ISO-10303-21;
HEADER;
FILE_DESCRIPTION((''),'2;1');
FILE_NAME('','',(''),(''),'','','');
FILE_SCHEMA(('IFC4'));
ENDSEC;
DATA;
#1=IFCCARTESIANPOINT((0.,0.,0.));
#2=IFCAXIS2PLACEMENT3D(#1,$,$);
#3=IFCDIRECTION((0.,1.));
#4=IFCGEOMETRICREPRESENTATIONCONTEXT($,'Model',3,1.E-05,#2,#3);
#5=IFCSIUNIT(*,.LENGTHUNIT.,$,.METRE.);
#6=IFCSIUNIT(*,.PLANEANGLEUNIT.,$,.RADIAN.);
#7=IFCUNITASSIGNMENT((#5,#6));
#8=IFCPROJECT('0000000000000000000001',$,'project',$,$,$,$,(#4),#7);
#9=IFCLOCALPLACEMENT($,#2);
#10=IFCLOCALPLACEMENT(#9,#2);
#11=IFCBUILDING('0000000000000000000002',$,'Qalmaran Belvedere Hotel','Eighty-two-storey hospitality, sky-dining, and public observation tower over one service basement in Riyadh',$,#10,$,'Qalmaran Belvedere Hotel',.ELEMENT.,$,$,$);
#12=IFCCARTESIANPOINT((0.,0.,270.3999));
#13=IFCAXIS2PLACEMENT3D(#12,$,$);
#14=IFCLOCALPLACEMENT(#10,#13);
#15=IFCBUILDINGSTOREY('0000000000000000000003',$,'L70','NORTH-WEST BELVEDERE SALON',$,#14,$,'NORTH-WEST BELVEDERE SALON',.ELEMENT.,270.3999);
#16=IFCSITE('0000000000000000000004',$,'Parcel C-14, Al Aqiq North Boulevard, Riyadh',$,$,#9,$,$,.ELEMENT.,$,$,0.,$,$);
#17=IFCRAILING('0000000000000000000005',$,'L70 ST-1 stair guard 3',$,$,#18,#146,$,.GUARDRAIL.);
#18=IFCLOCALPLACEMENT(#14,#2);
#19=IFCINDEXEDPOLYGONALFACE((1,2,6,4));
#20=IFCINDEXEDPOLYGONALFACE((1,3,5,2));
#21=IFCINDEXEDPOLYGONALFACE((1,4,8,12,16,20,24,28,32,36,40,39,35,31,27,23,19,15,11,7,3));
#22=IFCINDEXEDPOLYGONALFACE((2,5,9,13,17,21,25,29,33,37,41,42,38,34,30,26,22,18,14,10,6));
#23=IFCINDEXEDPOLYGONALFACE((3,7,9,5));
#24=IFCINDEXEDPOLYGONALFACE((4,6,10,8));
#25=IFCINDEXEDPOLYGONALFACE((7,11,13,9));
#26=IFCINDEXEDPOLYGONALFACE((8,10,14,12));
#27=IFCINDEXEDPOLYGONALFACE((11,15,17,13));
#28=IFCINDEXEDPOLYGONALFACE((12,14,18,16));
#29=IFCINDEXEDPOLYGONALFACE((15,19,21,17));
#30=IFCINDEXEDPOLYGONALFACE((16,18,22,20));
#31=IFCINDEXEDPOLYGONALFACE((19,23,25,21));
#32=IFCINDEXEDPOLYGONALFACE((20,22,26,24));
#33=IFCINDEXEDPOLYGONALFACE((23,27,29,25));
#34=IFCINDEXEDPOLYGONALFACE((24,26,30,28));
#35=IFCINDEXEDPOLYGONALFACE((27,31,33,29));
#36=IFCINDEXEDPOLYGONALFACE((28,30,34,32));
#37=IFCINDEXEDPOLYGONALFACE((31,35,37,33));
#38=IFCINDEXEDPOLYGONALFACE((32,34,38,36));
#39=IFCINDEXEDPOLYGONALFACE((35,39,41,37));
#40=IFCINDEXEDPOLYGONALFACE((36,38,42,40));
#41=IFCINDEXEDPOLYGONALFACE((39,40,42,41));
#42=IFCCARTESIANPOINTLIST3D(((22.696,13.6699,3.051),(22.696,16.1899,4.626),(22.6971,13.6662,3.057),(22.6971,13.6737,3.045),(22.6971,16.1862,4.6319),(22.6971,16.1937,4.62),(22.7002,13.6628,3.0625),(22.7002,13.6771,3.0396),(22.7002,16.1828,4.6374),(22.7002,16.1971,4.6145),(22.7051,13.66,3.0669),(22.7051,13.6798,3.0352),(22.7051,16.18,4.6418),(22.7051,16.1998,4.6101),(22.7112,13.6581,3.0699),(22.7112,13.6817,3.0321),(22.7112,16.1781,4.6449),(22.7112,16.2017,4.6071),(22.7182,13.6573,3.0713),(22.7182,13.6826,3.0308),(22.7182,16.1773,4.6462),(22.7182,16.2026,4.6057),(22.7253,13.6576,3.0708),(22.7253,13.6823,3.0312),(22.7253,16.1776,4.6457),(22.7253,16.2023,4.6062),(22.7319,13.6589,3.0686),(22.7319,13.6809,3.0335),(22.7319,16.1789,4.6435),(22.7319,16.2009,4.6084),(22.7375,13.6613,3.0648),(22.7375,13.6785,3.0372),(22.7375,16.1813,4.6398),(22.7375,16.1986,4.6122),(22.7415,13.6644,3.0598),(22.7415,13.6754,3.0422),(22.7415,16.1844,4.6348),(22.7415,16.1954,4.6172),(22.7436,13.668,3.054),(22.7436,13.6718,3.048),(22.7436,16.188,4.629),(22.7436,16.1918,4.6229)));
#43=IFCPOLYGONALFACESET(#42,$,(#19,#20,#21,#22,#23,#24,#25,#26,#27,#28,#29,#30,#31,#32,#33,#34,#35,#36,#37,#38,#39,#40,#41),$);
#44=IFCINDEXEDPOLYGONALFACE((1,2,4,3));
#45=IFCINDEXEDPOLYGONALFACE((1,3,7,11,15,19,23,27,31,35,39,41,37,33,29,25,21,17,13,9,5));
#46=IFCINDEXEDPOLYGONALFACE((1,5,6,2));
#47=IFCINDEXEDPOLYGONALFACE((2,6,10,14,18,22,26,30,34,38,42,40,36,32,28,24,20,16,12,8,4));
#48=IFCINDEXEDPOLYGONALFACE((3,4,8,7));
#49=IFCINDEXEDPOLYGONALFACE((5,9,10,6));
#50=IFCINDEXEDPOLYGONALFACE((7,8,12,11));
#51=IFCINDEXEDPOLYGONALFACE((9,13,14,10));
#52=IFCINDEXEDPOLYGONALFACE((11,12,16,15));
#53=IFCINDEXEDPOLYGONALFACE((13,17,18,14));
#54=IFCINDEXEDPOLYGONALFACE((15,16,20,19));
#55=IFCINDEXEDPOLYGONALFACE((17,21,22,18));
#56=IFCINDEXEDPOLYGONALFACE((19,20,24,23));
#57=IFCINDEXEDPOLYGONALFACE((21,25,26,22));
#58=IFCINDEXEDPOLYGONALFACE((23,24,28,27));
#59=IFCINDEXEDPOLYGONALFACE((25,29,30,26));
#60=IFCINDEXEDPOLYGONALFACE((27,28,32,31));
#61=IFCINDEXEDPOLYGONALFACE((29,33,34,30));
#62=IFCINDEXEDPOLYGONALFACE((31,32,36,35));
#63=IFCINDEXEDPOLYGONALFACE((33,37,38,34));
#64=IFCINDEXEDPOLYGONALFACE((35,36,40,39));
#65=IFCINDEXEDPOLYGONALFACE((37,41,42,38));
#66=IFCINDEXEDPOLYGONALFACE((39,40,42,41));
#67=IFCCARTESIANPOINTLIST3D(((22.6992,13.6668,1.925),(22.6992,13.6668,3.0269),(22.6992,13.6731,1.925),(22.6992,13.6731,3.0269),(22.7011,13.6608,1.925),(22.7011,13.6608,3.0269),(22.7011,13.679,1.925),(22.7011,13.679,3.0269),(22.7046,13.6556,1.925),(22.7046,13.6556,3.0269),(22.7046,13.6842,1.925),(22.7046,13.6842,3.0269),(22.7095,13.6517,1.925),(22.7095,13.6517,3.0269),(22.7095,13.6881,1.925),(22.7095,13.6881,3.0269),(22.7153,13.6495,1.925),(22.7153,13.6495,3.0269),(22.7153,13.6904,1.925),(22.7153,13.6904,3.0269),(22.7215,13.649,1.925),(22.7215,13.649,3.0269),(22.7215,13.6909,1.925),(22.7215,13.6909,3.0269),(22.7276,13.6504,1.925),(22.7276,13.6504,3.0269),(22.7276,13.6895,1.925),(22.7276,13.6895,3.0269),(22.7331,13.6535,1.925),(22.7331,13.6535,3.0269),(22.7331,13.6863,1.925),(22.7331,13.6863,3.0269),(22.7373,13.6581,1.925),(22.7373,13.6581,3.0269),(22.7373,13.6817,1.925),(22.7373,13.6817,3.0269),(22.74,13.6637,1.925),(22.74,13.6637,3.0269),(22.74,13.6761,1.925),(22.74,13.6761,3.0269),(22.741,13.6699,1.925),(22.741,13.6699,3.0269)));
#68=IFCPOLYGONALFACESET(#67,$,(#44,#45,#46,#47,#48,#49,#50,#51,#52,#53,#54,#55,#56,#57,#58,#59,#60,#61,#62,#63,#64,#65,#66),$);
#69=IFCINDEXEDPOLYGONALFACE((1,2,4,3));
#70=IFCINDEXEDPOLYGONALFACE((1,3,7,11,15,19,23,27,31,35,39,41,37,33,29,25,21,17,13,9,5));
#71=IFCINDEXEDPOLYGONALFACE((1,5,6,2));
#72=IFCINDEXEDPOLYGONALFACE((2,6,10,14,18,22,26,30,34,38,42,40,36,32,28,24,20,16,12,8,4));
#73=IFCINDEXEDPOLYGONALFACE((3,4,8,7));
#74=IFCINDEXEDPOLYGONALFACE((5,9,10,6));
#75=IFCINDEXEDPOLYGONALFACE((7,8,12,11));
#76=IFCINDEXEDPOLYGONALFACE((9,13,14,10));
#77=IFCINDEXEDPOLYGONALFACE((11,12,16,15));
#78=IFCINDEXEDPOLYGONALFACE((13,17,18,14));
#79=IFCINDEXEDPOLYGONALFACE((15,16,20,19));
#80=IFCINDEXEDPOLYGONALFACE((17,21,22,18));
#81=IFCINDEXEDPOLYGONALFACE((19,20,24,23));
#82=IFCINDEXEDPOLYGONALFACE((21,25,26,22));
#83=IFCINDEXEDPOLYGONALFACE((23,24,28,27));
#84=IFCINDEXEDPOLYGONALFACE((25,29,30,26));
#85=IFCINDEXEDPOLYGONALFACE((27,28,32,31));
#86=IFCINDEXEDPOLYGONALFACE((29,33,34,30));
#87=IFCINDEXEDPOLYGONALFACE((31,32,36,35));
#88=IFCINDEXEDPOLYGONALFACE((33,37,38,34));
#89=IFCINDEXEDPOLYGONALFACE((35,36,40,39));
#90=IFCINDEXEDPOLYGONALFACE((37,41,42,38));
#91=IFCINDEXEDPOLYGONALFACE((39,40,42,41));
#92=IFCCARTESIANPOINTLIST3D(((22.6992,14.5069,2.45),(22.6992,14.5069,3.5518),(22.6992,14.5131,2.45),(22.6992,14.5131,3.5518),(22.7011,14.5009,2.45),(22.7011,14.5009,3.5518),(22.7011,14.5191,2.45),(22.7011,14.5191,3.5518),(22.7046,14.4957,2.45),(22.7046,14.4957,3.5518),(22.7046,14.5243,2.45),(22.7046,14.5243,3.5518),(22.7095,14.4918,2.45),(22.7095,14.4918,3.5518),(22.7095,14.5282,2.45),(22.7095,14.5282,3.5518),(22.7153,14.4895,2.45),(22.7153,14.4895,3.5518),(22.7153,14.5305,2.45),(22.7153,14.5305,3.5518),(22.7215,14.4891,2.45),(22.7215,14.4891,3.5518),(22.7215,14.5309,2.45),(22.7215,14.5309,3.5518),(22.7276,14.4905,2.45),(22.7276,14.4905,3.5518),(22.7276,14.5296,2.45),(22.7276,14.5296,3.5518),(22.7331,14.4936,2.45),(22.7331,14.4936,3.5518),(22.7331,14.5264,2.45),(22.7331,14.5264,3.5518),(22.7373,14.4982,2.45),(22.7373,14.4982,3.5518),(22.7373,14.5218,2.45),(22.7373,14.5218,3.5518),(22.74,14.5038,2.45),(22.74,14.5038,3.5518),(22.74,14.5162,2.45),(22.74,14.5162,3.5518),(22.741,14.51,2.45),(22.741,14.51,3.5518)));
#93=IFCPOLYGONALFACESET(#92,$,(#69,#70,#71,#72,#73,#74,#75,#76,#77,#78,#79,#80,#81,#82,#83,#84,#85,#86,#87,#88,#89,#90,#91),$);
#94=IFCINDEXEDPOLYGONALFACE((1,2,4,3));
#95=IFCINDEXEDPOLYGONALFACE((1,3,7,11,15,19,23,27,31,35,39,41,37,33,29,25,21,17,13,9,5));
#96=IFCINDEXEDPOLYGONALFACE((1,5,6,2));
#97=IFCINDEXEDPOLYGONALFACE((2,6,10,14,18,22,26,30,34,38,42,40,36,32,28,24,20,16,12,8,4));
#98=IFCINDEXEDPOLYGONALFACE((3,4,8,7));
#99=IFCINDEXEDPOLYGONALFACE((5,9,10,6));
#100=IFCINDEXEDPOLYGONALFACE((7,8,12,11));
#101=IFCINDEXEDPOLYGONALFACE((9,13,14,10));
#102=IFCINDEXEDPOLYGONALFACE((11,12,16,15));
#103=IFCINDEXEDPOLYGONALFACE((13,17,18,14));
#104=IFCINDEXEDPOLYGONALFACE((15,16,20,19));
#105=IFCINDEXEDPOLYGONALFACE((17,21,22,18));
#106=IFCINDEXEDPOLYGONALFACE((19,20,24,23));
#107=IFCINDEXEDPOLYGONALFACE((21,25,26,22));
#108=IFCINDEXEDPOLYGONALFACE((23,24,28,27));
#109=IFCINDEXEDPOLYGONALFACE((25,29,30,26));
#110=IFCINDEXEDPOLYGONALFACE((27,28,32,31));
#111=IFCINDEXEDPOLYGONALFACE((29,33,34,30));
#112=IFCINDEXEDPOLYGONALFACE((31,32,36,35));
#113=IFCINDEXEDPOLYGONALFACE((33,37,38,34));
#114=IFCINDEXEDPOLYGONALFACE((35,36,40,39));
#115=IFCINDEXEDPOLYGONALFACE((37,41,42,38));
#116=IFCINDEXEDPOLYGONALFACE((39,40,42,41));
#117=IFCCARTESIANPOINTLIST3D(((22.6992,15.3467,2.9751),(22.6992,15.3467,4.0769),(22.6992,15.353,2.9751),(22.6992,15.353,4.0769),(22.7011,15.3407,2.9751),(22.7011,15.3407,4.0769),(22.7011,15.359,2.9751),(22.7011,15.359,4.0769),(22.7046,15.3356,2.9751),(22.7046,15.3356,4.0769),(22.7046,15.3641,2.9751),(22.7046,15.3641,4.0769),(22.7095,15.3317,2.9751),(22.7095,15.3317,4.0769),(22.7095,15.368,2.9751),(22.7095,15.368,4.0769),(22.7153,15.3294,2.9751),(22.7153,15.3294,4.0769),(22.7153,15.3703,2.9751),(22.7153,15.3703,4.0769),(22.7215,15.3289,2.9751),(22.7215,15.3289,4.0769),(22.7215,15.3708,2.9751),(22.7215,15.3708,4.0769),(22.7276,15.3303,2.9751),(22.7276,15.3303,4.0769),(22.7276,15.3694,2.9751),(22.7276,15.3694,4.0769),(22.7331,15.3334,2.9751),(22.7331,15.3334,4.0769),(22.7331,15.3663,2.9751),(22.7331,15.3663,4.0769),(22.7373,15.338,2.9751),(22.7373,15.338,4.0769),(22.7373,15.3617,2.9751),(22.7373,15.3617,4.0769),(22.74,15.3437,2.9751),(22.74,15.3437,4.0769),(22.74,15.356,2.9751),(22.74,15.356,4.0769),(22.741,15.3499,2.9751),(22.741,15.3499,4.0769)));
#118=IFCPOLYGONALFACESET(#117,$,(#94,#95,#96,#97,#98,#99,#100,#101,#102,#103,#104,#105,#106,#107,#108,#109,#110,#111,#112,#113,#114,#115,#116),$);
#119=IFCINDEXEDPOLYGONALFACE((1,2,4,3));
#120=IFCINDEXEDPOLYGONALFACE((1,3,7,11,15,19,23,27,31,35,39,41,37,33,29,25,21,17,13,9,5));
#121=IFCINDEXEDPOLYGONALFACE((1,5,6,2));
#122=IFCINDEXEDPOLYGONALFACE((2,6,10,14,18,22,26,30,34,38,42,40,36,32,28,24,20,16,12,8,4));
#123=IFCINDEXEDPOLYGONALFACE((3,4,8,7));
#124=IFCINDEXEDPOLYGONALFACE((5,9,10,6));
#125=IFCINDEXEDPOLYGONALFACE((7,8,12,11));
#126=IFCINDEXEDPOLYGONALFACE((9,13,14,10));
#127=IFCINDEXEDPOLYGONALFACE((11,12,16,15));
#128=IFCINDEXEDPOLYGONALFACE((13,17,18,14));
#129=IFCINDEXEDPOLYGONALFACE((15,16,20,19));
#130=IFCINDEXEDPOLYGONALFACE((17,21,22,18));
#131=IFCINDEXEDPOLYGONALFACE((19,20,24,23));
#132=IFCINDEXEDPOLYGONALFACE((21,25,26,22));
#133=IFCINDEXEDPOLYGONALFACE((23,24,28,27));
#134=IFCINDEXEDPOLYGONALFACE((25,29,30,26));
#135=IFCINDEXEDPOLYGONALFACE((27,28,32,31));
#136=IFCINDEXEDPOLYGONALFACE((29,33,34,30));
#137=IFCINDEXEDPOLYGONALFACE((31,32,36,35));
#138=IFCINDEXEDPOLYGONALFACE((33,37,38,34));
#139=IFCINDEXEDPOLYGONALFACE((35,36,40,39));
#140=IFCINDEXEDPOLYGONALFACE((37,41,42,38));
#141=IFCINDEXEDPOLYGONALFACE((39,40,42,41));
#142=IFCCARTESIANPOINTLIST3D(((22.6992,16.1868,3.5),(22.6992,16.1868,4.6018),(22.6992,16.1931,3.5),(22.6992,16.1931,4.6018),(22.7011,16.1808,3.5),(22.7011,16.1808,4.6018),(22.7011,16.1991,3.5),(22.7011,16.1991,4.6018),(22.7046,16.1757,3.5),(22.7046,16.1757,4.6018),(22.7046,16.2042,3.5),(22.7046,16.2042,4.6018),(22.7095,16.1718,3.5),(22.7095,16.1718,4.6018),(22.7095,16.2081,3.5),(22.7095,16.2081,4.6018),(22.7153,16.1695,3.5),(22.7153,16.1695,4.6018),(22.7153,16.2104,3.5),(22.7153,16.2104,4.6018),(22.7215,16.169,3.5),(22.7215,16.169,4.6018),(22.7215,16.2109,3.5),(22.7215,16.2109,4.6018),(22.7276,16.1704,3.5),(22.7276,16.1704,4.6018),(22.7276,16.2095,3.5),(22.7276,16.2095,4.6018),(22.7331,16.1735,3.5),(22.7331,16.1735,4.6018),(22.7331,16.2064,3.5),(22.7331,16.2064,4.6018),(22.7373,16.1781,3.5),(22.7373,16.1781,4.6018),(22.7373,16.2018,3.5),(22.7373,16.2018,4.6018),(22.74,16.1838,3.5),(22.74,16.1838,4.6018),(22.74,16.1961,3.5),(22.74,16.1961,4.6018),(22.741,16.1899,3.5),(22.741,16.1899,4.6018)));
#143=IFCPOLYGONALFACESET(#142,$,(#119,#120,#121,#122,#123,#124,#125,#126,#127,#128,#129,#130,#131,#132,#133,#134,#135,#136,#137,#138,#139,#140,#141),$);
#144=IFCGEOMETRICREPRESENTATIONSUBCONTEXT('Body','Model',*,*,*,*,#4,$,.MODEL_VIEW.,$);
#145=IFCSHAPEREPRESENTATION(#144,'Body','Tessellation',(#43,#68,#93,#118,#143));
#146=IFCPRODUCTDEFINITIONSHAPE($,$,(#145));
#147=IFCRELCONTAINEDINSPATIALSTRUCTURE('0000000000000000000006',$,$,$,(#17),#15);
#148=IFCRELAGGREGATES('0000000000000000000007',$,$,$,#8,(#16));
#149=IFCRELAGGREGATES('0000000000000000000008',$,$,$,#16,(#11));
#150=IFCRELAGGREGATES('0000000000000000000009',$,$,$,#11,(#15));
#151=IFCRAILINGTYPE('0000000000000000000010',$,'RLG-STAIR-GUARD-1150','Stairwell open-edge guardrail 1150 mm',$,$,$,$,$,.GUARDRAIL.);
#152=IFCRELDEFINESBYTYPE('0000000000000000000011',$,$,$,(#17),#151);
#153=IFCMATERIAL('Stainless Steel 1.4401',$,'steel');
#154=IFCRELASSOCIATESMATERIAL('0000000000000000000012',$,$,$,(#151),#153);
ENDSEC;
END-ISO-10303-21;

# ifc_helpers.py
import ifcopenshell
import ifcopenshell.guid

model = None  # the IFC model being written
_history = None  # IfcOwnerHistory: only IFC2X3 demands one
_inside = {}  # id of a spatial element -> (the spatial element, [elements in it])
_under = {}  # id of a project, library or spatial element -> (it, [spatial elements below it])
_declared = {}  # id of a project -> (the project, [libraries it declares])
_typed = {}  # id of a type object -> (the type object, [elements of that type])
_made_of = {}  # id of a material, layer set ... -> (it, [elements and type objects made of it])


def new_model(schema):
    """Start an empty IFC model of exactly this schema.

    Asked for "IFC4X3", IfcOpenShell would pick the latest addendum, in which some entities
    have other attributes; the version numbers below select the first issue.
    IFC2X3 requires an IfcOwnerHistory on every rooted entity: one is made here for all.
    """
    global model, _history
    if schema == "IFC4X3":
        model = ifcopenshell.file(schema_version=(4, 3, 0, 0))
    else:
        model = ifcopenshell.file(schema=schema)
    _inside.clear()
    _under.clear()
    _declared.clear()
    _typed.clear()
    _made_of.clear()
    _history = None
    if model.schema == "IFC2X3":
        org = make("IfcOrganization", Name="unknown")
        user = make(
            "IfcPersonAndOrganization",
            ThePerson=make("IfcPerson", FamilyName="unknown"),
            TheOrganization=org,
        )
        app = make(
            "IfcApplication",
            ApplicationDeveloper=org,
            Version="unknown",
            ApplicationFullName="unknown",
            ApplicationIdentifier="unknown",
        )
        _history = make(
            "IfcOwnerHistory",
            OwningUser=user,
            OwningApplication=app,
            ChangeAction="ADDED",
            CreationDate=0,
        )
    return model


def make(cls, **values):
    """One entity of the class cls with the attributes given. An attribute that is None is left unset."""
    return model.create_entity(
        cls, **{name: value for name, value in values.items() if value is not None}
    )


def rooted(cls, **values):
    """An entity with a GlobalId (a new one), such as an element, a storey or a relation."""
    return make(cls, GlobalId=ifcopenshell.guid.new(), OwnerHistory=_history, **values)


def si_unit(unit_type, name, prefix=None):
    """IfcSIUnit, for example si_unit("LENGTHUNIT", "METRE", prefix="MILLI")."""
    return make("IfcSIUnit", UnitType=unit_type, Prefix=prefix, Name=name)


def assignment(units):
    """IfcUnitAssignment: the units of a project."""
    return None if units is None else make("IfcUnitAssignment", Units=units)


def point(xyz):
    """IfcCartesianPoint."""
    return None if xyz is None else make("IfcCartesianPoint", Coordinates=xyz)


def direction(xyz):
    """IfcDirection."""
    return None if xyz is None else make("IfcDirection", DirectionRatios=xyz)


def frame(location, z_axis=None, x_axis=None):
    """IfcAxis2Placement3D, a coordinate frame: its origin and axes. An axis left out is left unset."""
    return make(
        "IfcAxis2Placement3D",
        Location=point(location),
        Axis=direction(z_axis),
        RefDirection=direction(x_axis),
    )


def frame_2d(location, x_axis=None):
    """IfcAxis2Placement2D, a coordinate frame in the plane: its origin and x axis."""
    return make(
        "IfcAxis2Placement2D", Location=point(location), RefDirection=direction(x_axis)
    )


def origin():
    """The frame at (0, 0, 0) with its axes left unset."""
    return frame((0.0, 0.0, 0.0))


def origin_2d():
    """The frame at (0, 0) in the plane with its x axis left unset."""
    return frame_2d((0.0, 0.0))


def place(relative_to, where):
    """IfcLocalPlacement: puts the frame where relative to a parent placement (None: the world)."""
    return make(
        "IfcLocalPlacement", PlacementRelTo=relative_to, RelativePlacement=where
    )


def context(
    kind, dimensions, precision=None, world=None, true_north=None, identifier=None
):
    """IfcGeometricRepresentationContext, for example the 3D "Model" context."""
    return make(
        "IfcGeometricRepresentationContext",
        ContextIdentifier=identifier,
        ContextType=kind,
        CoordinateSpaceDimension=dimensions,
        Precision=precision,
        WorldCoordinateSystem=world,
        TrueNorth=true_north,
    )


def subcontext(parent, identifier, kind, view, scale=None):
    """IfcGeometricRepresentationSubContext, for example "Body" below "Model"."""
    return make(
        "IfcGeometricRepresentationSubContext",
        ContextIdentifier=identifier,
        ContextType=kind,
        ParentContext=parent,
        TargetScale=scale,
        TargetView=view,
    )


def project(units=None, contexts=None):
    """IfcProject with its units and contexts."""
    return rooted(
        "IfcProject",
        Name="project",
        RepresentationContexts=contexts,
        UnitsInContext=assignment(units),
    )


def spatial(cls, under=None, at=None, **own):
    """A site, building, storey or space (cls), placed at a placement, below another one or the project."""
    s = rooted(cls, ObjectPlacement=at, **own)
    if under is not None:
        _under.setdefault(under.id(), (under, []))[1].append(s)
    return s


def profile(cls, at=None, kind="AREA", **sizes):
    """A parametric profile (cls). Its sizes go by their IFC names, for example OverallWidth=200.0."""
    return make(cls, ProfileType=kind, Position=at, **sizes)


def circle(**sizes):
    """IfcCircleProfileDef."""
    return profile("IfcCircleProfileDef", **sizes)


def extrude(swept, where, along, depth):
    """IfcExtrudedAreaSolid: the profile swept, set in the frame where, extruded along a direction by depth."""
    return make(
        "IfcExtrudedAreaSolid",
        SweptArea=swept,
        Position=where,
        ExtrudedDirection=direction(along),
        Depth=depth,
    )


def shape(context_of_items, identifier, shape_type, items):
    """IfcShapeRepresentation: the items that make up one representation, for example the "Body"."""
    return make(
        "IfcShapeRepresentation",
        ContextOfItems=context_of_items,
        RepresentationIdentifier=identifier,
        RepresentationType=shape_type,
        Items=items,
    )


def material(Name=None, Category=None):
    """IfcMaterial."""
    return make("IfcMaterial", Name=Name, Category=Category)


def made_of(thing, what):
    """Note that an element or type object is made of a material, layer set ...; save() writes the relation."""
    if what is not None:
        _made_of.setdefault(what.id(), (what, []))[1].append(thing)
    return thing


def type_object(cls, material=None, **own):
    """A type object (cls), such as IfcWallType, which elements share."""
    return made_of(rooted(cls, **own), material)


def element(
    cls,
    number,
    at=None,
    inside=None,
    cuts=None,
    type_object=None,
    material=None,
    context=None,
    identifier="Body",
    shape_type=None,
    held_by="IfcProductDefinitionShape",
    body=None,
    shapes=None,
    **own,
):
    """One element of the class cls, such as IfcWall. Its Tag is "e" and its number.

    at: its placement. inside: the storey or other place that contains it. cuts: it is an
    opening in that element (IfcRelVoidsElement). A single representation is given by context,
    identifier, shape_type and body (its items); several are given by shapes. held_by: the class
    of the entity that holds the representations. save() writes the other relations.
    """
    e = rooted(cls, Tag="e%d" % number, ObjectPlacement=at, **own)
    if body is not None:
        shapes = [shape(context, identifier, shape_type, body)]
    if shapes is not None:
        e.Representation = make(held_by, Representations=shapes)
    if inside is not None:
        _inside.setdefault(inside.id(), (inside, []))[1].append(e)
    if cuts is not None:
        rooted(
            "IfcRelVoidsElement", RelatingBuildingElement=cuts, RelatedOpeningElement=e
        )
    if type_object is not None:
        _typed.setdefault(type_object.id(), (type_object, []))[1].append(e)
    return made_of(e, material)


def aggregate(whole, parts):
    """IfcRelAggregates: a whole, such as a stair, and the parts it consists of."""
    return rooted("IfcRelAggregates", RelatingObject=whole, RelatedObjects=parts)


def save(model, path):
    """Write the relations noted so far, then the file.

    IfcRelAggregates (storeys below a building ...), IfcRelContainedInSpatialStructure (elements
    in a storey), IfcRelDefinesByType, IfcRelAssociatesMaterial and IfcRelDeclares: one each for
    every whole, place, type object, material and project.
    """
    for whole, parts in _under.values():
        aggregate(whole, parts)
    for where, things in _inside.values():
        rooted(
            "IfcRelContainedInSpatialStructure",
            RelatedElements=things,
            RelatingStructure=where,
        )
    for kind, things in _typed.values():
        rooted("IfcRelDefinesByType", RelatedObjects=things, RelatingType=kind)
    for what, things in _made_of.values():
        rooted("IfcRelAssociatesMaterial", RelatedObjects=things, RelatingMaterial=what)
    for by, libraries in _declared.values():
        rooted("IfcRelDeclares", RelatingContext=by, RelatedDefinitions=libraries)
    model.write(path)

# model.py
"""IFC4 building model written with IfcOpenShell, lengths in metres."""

from ifc_helpers import new_model, si_unit, direction, frame, origin, origin_2d, place, context, subcontext, project, spatial, circle, extrude, material, type_object, element, save


model = new_model("IFC4")

# Units and contexts
model_context = context("Model", 3, precision=1e-05, world=origin(), true_north=direction((0.0, 1.0)))
body_context = subcontext(model_context, "Body", "Model", "MODEL_VIEW")
ifc_project = project(units=[si_unit("LENGTHUNIT", "METRE"), si_unit("PLANEANGLEUNIT", "RADIAN")], contexts=[model_context])

# Site, building, storey
site_placement = place(None, origin())
site = spatial("IfcSite", under=ifc_project, at=site_placement, Name="Parcel C-14, Al Aqiq North Boulevard, Riyadh", CompositionType="ELEMENT", RefElevation=0.0)
building_placement = place(site_placement, origin())
building = spatial("IfcBuilding", under=site, at=building_placement, Name="Qalmaran Belvedere Hotel", Description="Eighty-two-storey hospitality, sky-dining, and public observation tower over one service basement in Riyadh", LongName="Qalmaran Belvedere Hotel", CompositionType="ELEMENT")
storey_placement = place(building_placement, frame((0.0, 0.0, 270.3999)))
storey = spatial("IfcBuildingStorey", under=building, at=storey_placement, Name="L70", Description="NORTH-WEST BELVEDERE SALON", LongName="NORTH-WEST BELVEDERE SALON", CompositionType="ELEMENT", Elevation=270.3999)

# Railing
ifc_material_1 = material(Name="Stainless Steel 1.4401", Category="steel")
railing_type_1 = type_object("IfcRailingType", Name="RLG-STAIR-GUARD-1150", Description="Stairwell open-edge guardrail 1150 mm", PredefinedType="GUARDRAIL", material=ifc_material_1)
railing_1_placement = place(storey_placement, frame((22.72, 13.6699, 1.925)))
element("IfcRailing", 1, at=railing_1_placement, inside=storey, type_object=railing_type_1, Name="L70 ST-1 stair guard 3", PredefinedType="GUARDRAIL", context=body_context, shape_type="SweptSolid", body=[
    extrude(circle(Radius=0.0239, at=origin_2d()), frame((0.0, 0.0, 1.126), z_axis=(0.0, 0.848008, 0.529984), x_axis=(-1.0, 0.0, 0.0)), (0.0, 0.0, 1.0), 2.9717),
    extrude(circle(Radius=0.021, at=origin_2d()), origin(), (0.0, 0.0, 1.0), 1.1018),
    extrude(circle(Radius=0.021, at=origin_2d()), frame((0.0, 0.8401, 0.5249)), (0.0, 0.0, 1.0), 1.1018),
    extrude(circle(Radius=0.021, at=origin_2d()), frame((0.0, 1.6799, 1.05)), (0.0, 0.0, 1.0), 1.1018),
    extrude(circle(Radius=0.021, at=origin_2d()), frame((0.0, 2.52, 1.575)), (0.0, 0.0, 1.0), 1.1018),
])

save(model, "model.ifc")
